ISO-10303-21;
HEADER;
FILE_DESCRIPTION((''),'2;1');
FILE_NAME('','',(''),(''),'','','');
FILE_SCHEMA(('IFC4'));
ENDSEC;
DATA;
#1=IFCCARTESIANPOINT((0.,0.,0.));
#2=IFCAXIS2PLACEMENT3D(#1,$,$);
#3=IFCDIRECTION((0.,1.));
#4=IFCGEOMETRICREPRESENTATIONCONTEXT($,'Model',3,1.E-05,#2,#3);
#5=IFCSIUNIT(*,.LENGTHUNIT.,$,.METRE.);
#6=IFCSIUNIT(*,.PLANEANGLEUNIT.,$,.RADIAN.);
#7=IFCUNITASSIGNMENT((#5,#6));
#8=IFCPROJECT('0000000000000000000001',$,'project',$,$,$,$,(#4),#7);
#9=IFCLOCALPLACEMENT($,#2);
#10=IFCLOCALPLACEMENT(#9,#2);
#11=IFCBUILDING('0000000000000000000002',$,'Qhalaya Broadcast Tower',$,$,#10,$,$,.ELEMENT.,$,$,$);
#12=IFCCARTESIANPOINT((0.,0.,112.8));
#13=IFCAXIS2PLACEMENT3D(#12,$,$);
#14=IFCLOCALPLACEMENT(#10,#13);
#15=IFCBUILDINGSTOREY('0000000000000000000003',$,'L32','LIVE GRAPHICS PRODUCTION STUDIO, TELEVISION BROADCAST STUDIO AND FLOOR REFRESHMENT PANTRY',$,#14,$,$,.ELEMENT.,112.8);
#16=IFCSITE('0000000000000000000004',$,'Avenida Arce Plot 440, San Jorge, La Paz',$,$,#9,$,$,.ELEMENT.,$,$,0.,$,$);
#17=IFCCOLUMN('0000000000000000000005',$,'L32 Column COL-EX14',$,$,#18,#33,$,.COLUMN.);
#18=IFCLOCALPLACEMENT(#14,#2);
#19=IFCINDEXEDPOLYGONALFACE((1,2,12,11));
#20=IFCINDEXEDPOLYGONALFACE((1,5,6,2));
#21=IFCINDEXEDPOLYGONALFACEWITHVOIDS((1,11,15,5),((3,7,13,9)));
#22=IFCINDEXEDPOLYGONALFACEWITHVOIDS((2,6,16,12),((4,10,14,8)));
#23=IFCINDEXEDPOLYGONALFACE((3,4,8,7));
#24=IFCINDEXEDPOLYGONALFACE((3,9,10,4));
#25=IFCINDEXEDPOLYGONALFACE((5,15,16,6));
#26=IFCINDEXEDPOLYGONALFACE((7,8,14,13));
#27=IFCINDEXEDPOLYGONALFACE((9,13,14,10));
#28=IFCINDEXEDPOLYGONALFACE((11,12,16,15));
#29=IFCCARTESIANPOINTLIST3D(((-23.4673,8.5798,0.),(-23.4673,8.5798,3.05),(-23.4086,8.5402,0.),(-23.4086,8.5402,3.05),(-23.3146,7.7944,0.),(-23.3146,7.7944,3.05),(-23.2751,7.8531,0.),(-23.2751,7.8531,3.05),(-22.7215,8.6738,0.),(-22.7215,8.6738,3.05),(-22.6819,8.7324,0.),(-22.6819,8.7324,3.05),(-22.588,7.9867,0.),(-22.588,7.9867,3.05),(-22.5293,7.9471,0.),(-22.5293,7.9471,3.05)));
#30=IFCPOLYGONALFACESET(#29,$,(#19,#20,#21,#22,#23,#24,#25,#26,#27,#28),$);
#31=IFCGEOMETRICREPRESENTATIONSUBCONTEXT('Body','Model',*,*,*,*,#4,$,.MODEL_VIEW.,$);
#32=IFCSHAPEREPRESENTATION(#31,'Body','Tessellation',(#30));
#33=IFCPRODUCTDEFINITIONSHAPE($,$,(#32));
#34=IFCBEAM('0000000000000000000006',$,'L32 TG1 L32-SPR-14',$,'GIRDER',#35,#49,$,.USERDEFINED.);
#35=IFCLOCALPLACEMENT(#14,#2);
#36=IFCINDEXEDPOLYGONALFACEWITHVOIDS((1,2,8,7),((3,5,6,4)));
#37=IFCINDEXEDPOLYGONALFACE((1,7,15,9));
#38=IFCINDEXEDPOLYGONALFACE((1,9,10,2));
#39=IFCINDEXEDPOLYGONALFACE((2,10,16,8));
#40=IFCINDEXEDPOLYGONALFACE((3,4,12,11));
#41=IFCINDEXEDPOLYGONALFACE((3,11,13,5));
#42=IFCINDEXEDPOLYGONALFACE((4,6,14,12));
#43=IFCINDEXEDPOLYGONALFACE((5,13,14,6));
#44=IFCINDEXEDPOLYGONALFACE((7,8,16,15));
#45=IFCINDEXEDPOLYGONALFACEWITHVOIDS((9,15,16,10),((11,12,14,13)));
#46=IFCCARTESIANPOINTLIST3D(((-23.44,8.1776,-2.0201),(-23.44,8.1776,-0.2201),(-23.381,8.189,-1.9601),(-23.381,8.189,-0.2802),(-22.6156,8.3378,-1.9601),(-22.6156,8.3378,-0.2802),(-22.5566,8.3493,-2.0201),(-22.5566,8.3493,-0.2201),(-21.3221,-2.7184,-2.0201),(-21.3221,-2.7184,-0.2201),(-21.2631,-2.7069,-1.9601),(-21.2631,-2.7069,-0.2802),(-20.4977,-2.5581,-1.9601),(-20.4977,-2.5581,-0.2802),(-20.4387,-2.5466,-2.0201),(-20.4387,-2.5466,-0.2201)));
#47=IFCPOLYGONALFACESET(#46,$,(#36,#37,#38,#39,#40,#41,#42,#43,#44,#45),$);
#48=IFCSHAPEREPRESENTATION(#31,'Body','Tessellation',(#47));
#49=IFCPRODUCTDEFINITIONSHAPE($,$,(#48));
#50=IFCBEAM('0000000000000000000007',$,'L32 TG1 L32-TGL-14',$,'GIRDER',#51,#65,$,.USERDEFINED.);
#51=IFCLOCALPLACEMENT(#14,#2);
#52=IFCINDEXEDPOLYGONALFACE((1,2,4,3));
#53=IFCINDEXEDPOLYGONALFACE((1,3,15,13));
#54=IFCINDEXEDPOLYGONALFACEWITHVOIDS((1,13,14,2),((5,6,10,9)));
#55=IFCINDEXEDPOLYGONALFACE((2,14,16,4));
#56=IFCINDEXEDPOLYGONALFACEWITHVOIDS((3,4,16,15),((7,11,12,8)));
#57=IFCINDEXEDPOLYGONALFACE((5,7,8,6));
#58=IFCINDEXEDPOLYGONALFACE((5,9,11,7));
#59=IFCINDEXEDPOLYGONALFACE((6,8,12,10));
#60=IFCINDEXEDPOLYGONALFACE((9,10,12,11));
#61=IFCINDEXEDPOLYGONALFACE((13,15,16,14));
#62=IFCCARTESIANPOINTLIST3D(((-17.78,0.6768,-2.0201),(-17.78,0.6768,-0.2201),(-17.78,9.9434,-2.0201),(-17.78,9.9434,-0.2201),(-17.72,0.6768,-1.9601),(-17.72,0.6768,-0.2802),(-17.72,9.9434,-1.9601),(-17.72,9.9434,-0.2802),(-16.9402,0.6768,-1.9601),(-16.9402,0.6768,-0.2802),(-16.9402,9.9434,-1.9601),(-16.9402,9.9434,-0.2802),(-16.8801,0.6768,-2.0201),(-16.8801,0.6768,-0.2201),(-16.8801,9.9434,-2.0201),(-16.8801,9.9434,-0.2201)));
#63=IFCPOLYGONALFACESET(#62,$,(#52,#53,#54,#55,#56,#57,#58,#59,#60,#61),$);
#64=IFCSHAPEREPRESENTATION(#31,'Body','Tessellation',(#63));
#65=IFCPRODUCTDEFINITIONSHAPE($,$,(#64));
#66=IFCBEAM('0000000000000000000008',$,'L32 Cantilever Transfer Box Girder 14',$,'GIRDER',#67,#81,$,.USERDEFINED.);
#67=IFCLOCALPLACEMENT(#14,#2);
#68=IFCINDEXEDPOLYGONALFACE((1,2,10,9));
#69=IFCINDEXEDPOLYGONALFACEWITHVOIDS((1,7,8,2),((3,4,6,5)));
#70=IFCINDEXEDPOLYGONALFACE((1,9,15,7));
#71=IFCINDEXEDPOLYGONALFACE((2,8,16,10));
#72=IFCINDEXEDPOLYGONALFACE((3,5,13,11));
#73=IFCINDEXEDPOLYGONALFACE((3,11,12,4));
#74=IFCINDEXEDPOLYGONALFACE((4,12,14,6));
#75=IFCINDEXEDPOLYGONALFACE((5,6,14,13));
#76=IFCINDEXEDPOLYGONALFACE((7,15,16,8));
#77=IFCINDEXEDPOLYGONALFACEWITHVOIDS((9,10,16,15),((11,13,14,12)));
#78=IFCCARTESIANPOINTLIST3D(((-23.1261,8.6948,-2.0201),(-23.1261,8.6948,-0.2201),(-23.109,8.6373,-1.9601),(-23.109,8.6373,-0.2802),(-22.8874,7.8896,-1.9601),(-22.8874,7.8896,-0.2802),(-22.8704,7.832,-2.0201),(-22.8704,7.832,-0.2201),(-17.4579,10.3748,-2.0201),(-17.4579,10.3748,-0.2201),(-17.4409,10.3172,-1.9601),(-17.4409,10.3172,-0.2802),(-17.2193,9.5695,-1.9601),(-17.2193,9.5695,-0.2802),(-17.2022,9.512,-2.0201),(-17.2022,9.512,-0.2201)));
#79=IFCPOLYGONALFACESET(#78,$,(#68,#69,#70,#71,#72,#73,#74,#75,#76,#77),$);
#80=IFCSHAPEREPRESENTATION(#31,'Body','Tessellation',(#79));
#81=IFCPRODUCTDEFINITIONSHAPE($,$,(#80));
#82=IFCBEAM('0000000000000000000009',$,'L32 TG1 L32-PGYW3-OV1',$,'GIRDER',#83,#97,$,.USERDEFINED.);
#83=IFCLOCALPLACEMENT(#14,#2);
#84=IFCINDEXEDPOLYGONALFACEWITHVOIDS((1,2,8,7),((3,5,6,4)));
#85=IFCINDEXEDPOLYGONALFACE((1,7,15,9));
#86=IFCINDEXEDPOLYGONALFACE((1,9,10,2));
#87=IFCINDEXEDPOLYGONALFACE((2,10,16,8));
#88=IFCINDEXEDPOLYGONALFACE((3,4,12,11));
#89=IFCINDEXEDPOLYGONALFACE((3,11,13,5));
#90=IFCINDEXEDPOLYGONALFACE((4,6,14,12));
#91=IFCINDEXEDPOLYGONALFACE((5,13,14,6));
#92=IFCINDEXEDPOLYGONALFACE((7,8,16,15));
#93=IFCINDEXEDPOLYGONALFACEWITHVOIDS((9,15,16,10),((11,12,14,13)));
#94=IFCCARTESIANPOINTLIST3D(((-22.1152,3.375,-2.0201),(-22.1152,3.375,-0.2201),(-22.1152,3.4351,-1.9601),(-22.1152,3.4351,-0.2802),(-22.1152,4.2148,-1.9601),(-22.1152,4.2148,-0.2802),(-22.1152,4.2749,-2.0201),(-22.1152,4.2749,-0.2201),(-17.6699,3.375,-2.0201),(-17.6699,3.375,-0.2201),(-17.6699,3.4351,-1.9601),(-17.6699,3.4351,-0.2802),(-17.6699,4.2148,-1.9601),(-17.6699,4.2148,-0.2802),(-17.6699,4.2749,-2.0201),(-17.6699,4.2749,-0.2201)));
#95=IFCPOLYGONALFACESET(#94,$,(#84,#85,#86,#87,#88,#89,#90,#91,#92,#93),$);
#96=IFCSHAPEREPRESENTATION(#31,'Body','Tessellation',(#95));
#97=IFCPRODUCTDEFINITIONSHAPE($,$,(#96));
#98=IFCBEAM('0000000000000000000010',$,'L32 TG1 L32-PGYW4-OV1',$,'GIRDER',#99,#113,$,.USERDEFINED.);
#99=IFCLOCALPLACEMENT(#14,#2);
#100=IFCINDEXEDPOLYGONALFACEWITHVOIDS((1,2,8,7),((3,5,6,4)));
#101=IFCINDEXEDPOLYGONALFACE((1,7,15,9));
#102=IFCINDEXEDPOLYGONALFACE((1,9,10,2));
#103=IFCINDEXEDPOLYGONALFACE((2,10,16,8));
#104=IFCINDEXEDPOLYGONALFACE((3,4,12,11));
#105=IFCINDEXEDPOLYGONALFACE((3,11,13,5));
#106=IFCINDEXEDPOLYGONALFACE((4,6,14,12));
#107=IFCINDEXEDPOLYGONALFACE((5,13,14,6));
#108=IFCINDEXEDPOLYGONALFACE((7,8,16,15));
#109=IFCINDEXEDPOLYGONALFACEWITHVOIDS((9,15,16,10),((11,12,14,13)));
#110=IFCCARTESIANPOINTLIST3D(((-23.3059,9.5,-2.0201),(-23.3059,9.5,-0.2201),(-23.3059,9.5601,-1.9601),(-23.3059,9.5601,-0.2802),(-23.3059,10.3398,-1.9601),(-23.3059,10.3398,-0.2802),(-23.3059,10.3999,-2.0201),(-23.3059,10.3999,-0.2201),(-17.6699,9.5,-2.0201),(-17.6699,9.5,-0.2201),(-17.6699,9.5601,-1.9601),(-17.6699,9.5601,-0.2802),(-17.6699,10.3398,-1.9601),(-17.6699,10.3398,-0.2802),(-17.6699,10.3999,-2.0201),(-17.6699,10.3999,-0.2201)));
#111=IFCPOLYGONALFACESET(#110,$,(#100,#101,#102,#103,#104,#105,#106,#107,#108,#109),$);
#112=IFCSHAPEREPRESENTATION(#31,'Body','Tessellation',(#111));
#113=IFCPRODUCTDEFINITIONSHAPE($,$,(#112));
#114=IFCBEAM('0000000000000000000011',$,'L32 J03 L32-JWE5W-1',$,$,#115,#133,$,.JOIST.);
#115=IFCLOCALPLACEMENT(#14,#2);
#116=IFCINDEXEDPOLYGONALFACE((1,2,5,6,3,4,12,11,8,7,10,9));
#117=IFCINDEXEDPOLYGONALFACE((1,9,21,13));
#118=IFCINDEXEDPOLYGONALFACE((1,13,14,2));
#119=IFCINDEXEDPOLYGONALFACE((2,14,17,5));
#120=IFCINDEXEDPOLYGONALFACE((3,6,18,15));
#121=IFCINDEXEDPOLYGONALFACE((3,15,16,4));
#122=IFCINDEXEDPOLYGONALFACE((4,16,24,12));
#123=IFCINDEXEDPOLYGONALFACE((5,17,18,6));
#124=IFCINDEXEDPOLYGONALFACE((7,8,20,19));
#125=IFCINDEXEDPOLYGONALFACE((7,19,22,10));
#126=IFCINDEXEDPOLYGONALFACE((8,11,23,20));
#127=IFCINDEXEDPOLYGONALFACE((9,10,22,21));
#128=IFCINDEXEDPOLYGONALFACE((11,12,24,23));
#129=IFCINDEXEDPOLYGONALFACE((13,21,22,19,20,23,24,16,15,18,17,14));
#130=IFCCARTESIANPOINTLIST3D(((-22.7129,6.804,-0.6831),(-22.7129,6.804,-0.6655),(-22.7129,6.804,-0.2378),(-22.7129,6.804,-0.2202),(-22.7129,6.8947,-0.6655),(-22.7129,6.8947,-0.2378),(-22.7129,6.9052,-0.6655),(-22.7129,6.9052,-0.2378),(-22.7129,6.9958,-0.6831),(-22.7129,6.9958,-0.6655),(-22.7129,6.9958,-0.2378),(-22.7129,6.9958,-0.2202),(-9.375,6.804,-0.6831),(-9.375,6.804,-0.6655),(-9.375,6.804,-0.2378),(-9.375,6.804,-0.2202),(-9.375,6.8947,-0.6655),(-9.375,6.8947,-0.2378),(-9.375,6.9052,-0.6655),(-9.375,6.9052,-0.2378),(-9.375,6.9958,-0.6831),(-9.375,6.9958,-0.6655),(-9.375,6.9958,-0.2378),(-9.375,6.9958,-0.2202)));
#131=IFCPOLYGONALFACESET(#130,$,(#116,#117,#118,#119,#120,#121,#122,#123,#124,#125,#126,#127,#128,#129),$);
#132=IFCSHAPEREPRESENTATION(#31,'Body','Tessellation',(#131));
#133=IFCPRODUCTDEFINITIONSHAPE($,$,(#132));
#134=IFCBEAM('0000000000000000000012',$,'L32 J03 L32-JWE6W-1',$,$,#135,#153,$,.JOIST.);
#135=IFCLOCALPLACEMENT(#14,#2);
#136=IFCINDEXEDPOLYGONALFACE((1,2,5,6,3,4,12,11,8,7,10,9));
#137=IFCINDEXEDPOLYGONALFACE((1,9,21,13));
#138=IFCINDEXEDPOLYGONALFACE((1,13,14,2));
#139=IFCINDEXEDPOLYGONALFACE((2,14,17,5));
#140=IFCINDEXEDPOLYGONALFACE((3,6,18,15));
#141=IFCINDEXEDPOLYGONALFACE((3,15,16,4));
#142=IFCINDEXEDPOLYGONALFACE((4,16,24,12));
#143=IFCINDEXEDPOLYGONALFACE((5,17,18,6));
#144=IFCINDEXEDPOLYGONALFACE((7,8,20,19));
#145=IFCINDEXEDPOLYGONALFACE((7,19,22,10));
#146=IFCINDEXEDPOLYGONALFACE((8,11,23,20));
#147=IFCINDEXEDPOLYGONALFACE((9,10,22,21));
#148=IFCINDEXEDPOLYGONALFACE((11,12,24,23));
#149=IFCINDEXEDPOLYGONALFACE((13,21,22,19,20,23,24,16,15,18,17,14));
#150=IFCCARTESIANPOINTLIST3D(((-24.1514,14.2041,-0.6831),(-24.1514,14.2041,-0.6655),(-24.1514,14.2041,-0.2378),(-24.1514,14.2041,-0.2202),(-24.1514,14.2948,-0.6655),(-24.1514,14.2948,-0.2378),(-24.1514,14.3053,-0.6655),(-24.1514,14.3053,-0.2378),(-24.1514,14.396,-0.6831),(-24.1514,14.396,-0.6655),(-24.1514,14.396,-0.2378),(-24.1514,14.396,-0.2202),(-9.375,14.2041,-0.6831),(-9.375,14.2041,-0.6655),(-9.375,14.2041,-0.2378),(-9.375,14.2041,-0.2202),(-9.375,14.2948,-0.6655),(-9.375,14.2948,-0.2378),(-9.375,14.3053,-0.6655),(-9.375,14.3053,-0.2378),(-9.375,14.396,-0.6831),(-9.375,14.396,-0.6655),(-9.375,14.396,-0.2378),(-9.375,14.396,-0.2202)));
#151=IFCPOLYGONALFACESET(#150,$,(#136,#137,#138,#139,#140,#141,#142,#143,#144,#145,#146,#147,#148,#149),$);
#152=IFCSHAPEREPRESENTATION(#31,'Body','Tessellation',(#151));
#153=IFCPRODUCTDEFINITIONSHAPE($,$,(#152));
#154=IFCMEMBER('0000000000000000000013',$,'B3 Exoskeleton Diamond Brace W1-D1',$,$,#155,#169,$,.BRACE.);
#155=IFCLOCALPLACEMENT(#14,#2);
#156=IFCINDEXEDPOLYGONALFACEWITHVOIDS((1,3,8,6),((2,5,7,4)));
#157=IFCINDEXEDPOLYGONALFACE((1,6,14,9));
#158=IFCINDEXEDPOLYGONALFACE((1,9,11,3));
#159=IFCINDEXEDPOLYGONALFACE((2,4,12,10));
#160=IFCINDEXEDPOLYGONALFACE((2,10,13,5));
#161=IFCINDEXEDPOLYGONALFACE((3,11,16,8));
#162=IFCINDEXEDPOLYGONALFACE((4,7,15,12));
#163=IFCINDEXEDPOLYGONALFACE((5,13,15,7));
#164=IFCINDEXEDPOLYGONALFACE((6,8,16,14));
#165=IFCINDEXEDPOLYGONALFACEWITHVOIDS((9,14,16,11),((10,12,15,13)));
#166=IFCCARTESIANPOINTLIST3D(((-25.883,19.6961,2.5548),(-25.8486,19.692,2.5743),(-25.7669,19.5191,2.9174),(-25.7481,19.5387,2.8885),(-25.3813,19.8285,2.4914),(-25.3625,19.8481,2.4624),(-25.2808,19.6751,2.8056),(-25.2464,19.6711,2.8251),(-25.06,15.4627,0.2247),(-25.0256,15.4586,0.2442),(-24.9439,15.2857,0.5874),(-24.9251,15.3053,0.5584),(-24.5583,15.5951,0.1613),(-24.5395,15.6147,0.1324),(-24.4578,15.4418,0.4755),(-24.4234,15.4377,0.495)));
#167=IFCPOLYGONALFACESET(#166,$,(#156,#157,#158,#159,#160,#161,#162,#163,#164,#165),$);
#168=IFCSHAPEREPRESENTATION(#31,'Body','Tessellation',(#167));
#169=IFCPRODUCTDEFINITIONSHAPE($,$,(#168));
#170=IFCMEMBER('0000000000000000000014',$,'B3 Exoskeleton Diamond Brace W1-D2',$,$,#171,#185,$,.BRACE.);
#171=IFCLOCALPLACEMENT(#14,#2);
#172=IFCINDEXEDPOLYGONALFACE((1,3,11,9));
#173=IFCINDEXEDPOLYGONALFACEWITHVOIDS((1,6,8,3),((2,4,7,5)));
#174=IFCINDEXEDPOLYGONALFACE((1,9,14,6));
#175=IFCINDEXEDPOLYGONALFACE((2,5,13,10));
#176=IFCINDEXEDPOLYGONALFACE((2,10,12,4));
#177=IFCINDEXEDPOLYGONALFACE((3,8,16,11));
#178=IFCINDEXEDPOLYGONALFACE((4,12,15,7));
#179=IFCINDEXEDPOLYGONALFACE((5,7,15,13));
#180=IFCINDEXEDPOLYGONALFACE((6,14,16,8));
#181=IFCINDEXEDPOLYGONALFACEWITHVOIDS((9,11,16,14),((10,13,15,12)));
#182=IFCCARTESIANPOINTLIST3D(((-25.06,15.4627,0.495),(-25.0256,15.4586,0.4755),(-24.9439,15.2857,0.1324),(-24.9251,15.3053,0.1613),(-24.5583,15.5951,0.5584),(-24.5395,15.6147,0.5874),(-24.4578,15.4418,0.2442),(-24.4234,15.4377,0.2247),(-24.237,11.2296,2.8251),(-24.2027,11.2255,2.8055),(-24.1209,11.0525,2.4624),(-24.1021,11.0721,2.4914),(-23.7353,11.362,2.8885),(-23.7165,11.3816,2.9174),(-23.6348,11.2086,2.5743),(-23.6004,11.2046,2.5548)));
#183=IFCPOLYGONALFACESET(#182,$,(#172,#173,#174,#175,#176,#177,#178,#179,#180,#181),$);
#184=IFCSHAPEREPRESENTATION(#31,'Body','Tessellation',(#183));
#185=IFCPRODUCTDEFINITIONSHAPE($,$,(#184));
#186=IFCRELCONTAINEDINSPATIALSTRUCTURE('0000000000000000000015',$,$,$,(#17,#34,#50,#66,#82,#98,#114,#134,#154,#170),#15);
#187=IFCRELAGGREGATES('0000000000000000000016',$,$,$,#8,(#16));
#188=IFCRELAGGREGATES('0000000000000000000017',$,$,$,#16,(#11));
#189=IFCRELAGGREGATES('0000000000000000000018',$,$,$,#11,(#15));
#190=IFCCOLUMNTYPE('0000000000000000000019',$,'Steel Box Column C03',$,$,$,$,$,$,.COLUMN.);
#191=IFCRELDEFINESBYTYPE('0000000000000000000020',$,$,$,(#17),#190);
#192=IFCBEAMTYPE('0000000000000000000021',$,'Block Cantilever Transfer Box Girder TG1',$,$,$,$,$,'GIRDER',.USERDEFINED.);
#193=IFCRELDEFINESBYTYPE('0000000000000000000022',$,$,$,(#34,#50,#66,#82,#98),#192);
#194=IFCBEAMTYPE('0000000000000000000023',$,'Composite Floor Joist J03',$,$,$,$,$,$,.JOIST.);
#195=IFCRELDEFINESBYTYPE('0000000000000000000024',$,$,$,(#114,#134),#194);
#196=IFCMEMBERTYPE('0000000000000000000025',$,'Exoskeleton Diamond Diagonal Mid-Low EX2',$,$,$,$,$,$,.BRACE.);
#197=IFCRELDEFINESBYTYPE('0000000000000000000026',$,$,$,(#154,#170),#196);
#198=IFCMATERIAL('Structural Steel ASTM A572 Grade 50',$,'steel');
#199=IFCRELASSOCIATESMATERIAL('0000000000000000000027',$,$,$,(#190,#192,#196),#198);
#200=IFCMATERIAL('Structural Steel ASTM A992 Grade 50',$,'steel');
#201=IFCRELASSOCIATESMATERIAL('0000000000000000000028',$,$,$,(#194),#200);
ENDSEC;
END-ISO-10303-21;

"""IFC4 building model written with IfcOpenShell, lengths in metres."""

from ifc_helpers import new_model, si_unit, direction, frame, origin, origin_2d, place, context, subcontext, project, spatial, hollow_rectangle, i_section, extrude, material, material_profile, profile_set, type_object, element, save


model = new_model("IFC4")

# Units and contexts
model_context = context("Model", 3, precision=1e-05, world=origin(), true_north=direction((0.0, 1.0)))
body_context = subcontext(model_context, "Body", "Model", "MODEL_VIEW")
ifc_project = project(units=[si_unit("LENGTHUNIT", "METRE"), si_unit("PLANEANGLEUNIT", "RADIAN")], contexts=[model_context])

# Site, building, storey
site_placement = place(None, origin())
site = spatial("IfcSite", under=ifc_project, at=site_placement, Name="Avenida Arce Plot 440, San Jorge, La Paz", CompositionType="ELEMENT", RefElevation=0.0)
building_placement = place(site_placement, origin())
building = spatial("IfcBuilding", under=site, at=building_placement, Name="Qhalaya Broadcast Tower", CompositionType="ELEMENT")
storey_placement = place(building_placement, frame((0.0, 0.0, 112.8)))
storey = spatial("IfcBuildingStorey", under=building, at=storey_placement, Name="L32", Description="LIVE GRAPHICS PRODUCTION STUDIO, TELEVISION BROADCAST STUDIO AND FLOOR REFRESHMENT PANTRY", CompositionType="ELEMENT", Elevation=112.8)

# Column
ifc_material_1 = material(Name="Structural Steel ASTM A572 Grade 50", Category="steel")
ifc_material_profile_1 = material_profile(ifc_material_1, hollow_rectangle(XDim=0.8, YDim=0.8, WallThickness=0.05, at=origin_2d()), Name="BOX 800x800x50")
ifc_profile_set_1 = profile_set([ifc_material_profile_1], Name="Structural Steel ASTM A572 Grade 50")
column_type = type_object("IfcColumnType", Name="Steel Box Column C03", PredefinedType="COLUMN", material=ifc_profile_set_1)
column_placement = place(storey_placement, frame((-22.9983, 8.2634, 0.0), z_axis=(0.0, 0.0, 1.0), x_axis=(-0.190809, 0.981627, 0.0)))
element("IfcColumn", 1, at=column_placement, inside=storey, type_object=column_type, Name="L32 Column COL-EX14", PredefinedType="COLUMN", context=body_context, shape_type="SweptSolid", body=[
    extrude(hollow_rectangle(XDim=0.8, YDim=0.8, WallThickness=0.05, at=origin_2d()), origin(), (0.0, 0.0, 1.0), 3.05),
])

# Beams
ifc_material_profile_2 = material_profile(ifc_material_1, hollow_rectangle(XDim=0.8999, YDim=1.8, WallThickness=0.0601, at=origin_2d()), Name="BOX 900x1800x60")
ifc_profile_set_2 = profile_set([ifc_material_profile_2], Name="Structural Steel ASTM A572 Grade 50")
beam_type_1 = type_object("IfcBeamType", Name="Block Cantilever Transfer Box Girder TG1", ElementType="GIRDER", PredefinedType="USERDEFINED", material=ifc_profile_set_2)
beam_1_placement = place(storey_placement, frame((-22.9983, 8.2634, -1.1201), z_axis=(0.190805, -0.981628, 0.0), x_axis=(0.981628, 0.190805, 0.0)))
element("IfcBeam", 2, at=beam_1_placement, inside=storey, type_object=beam_type_1, Name="L32 TG1 L32-SPR-14", ObjectType="GIRDER", PredefinedType="USERDEFINED", context=body_context, shape_type="SweptSolid", body=[
    extrude(hollow_rectangle(XDim=0.8999, YDim=1.8, WallThickness=0.0601, at=origin_2d()), origin(), (0.0, 0.0, 1.0), 11.0999),
])
beam_2_placement = place(storey_placement, frame((-17.3301, 9.9434, -1.1201), z_axis=(0.0, -1.0, 0.0), x_axis=(1.0, 0.0, 0.0)))
element("IfcBeam", 3, at=beam_2_placement, inside=storey, type_object=beam_type_1, Name="L32 TG1 L32-TGL-14", ObjectType="GIRDER", PredefinedType="USERDEFINED", context=body_context, shape_type="SweptSolid", body=[
    extrude(hollow_rectangle(XDim=0.8999, YDim=1.8, WallThickness=0.0601, at=origin_2d()), origin(), (0.0, 0.0, 1.0), 9.2666),
])
beam_3_placement = place(storey_placement, frame((-17.3301, 9.9434, -1.1201), z_axis=(-0.958777, -0.28416, 0.0), x_axis=(0.28416, -0.958777, 0.0)))
element("IfcBeam", 4, at=beam_3_placement, inside=storey, type_object=beam_type_1, Name="L32 Cantilever Transfer Box Girder 14", ObjectType="GIRDER", PredefinedType="USERDEFINED", context=body_context, shape_type="SweptSolid", body=[
    extrude(hollow_rectangle(XDim=0.8999, YDim=1.8, WallThickness=0.0601, at=origin_2d()), origin(), (0.0, 0.0, 1.0), 5.9119),
])
beam_4_placement = place(storey_placement, frame((-22.1152, 3.825, -1.1201), z_axis=(1.0, 0.0, 0.0), x_axis=(0.0, 1.0, 0.0)))
element("IfcBeam", 5, at=beam_4_placement, inside=storey, type_object=beam_type_1, Name="L32 TG1 L32-PGYW3-OV1", ObjectType="GIRDER", PredefinedType="USERDEFINED", context=body_context, shape_type="SweptSolid", body=[
    extrude(hollow_rectangle(XDim=0.8999, YDim=1.8, WallThickness=0.0601, at=origin_2d()), origin(), (0.0, 0.0, 1.0), 4.4453),
])
beam_5_placement = place(storey_placement, frame((-23.3059, 9.95, -1.1201), z_axis=(1.0, 0.0, 0.0), x_axis=(0.0, 1.0, 0.0)))
element("IfcBeam", 6, at=beam_5_placement, inside=storey, type_object=beam_type_1, Name="L32 TG1 L32-PGYW4-OV1", ObjectType="GIRDER", PredefinedType="USERDEFINED", context=body_context, shape_type="SweptSolid", body=[
    extrude(hollow_rectangle(XDim=0.8999, YDim=1.8, WallThickness=0.0601, at=origin_2d()), origin(), (0.0, 0.0, 1.0), 5.636),
])
ifc_material_2 = material(Name="Structural Steel ASTM A992 Grade 50", Category="steel")
ifc_material_profile_3 = material_profile(ifc_material_2, i_section(OverallWidth=0.1919, OverallDepth=0.4629, WebThickness=0.0105, FlangeThickness=0.0176, at=origin_2d()), Name="W18X60")
ifc_profile_set_3 = profile_set([ifc_material_profile_3], Name="Structural Steel ASTM A992 Grade 50")
beam_type_2 = type_object("IfcBeamType", Name="Composite Floor Joist J03", PredefinedType="JOIST", material=ifc_profile_set_3)
beam_6_placement = place(storey_placement, frame((-22.7129, 6.8999, -0.4517), z_axis=(1.0, 0.0, 0.0), x_axis=(0.0, 1.0, 0.0)))
element("IfcBeam", 7, at=beam_6_placement, inside=storey, type_object=beam_type_2, Name="L32 J03 L32-JWE5W-1", PredefinedType="JOIST", context=body_context, shape_type="SweptSolid", body=[
    extrude(i_section(OverallWidth=0.1919, OverallDepth=0.4629, WebThickness=0.0105, FlangeThickness=0.0176, at=origin_2d()), origin(), (0.0, 0.0, 1.0), 13.3379),
])
beam_7_placement = place(storey_placement, frame((-24.1514, 14.3, -0.4517), z_axis=(1.0, 0.0, 0.0), x_axis=(0.0, 1.0, 0.0)))
element("IfcBeam", 8, at=beam_7_placement, inside=storey, type_object=beam_type_2, Name="L32 J03 L32-JWE6W-1", PredefinedType="JOIST", context=body_context, shape_type="SweptSolid", body=[
    extrude(i_section(OverallWidth=0.1919, OverallDepth=0.4629, WebThickness=0.0105, FlangeThickness=0.0176, at=origin_2d()), origin(), (0.0, 0.0, 1.0), 14.7764),
])

# Members
ifc_material_profile_4 = material_profile(ifc_material_1, hollow_rectangle(XDim=0.4199, YDim=0.55, WallThickness=0.0281, at=origin_2d()), Name="BOX 420x550x28")
ifc_profile_set_4 = profile_set([ifc_material_profile_4], Name="Structural Steel ASTM A572 Grade 50")
member_type = type_object("IfcMemberType", Name="Exoskeleton Diamond Diagonal Mid-Low EX2", PredefinedType="BRACE", material=ifc_profile_set_4)
member_1_placement = place(storey_placement, frame((-24.7417, 15.4502, 0.3599), z_axis=(-0.167895, 0.863631, 0.475346), x_axis=(0.276348, -0.421624, 0.863635)))
element("IfcMember", 9, at=member_1_placement, inside=storey, type_object=member_type, Name="B3 Exoskeleton Diamond Brace W1-D1", PredefinedType="BRACE", context=body_context, shape_type="SweptSolid", body=[
    extrude(hollow_rectangle(XDim=0.4199, YDim=0.55, WallThickness=0.0281, at=origin_2d()), origin(), (0.0, 0.0, 1.0), 4.9019),
])
member_2_placement = place(storey_placement, frame((-24.7417, 15.4502, 0.3599), z_axis=(0.167902, -0.863618, 0.475366), x_axis=(-0.276356, 0.421641, 0.863624)))
element("IfcMember", 10, at=member_2_placement, inside=storey, type_object=member_type, Name="B3 Exoskeleton Diamond Brace W1-D2", PredefinedType="BRACE", context=body_context, shape_type="SweptSolid", body=[
    extrude(hollow_rectangle(XDim=0.4199, YDim=0.55, WallThickness=0.0281, at=origin_2d()), origin(), (0.0, 0.0, 1.0), 4.9016),
])

save(model, "model.ifc")
